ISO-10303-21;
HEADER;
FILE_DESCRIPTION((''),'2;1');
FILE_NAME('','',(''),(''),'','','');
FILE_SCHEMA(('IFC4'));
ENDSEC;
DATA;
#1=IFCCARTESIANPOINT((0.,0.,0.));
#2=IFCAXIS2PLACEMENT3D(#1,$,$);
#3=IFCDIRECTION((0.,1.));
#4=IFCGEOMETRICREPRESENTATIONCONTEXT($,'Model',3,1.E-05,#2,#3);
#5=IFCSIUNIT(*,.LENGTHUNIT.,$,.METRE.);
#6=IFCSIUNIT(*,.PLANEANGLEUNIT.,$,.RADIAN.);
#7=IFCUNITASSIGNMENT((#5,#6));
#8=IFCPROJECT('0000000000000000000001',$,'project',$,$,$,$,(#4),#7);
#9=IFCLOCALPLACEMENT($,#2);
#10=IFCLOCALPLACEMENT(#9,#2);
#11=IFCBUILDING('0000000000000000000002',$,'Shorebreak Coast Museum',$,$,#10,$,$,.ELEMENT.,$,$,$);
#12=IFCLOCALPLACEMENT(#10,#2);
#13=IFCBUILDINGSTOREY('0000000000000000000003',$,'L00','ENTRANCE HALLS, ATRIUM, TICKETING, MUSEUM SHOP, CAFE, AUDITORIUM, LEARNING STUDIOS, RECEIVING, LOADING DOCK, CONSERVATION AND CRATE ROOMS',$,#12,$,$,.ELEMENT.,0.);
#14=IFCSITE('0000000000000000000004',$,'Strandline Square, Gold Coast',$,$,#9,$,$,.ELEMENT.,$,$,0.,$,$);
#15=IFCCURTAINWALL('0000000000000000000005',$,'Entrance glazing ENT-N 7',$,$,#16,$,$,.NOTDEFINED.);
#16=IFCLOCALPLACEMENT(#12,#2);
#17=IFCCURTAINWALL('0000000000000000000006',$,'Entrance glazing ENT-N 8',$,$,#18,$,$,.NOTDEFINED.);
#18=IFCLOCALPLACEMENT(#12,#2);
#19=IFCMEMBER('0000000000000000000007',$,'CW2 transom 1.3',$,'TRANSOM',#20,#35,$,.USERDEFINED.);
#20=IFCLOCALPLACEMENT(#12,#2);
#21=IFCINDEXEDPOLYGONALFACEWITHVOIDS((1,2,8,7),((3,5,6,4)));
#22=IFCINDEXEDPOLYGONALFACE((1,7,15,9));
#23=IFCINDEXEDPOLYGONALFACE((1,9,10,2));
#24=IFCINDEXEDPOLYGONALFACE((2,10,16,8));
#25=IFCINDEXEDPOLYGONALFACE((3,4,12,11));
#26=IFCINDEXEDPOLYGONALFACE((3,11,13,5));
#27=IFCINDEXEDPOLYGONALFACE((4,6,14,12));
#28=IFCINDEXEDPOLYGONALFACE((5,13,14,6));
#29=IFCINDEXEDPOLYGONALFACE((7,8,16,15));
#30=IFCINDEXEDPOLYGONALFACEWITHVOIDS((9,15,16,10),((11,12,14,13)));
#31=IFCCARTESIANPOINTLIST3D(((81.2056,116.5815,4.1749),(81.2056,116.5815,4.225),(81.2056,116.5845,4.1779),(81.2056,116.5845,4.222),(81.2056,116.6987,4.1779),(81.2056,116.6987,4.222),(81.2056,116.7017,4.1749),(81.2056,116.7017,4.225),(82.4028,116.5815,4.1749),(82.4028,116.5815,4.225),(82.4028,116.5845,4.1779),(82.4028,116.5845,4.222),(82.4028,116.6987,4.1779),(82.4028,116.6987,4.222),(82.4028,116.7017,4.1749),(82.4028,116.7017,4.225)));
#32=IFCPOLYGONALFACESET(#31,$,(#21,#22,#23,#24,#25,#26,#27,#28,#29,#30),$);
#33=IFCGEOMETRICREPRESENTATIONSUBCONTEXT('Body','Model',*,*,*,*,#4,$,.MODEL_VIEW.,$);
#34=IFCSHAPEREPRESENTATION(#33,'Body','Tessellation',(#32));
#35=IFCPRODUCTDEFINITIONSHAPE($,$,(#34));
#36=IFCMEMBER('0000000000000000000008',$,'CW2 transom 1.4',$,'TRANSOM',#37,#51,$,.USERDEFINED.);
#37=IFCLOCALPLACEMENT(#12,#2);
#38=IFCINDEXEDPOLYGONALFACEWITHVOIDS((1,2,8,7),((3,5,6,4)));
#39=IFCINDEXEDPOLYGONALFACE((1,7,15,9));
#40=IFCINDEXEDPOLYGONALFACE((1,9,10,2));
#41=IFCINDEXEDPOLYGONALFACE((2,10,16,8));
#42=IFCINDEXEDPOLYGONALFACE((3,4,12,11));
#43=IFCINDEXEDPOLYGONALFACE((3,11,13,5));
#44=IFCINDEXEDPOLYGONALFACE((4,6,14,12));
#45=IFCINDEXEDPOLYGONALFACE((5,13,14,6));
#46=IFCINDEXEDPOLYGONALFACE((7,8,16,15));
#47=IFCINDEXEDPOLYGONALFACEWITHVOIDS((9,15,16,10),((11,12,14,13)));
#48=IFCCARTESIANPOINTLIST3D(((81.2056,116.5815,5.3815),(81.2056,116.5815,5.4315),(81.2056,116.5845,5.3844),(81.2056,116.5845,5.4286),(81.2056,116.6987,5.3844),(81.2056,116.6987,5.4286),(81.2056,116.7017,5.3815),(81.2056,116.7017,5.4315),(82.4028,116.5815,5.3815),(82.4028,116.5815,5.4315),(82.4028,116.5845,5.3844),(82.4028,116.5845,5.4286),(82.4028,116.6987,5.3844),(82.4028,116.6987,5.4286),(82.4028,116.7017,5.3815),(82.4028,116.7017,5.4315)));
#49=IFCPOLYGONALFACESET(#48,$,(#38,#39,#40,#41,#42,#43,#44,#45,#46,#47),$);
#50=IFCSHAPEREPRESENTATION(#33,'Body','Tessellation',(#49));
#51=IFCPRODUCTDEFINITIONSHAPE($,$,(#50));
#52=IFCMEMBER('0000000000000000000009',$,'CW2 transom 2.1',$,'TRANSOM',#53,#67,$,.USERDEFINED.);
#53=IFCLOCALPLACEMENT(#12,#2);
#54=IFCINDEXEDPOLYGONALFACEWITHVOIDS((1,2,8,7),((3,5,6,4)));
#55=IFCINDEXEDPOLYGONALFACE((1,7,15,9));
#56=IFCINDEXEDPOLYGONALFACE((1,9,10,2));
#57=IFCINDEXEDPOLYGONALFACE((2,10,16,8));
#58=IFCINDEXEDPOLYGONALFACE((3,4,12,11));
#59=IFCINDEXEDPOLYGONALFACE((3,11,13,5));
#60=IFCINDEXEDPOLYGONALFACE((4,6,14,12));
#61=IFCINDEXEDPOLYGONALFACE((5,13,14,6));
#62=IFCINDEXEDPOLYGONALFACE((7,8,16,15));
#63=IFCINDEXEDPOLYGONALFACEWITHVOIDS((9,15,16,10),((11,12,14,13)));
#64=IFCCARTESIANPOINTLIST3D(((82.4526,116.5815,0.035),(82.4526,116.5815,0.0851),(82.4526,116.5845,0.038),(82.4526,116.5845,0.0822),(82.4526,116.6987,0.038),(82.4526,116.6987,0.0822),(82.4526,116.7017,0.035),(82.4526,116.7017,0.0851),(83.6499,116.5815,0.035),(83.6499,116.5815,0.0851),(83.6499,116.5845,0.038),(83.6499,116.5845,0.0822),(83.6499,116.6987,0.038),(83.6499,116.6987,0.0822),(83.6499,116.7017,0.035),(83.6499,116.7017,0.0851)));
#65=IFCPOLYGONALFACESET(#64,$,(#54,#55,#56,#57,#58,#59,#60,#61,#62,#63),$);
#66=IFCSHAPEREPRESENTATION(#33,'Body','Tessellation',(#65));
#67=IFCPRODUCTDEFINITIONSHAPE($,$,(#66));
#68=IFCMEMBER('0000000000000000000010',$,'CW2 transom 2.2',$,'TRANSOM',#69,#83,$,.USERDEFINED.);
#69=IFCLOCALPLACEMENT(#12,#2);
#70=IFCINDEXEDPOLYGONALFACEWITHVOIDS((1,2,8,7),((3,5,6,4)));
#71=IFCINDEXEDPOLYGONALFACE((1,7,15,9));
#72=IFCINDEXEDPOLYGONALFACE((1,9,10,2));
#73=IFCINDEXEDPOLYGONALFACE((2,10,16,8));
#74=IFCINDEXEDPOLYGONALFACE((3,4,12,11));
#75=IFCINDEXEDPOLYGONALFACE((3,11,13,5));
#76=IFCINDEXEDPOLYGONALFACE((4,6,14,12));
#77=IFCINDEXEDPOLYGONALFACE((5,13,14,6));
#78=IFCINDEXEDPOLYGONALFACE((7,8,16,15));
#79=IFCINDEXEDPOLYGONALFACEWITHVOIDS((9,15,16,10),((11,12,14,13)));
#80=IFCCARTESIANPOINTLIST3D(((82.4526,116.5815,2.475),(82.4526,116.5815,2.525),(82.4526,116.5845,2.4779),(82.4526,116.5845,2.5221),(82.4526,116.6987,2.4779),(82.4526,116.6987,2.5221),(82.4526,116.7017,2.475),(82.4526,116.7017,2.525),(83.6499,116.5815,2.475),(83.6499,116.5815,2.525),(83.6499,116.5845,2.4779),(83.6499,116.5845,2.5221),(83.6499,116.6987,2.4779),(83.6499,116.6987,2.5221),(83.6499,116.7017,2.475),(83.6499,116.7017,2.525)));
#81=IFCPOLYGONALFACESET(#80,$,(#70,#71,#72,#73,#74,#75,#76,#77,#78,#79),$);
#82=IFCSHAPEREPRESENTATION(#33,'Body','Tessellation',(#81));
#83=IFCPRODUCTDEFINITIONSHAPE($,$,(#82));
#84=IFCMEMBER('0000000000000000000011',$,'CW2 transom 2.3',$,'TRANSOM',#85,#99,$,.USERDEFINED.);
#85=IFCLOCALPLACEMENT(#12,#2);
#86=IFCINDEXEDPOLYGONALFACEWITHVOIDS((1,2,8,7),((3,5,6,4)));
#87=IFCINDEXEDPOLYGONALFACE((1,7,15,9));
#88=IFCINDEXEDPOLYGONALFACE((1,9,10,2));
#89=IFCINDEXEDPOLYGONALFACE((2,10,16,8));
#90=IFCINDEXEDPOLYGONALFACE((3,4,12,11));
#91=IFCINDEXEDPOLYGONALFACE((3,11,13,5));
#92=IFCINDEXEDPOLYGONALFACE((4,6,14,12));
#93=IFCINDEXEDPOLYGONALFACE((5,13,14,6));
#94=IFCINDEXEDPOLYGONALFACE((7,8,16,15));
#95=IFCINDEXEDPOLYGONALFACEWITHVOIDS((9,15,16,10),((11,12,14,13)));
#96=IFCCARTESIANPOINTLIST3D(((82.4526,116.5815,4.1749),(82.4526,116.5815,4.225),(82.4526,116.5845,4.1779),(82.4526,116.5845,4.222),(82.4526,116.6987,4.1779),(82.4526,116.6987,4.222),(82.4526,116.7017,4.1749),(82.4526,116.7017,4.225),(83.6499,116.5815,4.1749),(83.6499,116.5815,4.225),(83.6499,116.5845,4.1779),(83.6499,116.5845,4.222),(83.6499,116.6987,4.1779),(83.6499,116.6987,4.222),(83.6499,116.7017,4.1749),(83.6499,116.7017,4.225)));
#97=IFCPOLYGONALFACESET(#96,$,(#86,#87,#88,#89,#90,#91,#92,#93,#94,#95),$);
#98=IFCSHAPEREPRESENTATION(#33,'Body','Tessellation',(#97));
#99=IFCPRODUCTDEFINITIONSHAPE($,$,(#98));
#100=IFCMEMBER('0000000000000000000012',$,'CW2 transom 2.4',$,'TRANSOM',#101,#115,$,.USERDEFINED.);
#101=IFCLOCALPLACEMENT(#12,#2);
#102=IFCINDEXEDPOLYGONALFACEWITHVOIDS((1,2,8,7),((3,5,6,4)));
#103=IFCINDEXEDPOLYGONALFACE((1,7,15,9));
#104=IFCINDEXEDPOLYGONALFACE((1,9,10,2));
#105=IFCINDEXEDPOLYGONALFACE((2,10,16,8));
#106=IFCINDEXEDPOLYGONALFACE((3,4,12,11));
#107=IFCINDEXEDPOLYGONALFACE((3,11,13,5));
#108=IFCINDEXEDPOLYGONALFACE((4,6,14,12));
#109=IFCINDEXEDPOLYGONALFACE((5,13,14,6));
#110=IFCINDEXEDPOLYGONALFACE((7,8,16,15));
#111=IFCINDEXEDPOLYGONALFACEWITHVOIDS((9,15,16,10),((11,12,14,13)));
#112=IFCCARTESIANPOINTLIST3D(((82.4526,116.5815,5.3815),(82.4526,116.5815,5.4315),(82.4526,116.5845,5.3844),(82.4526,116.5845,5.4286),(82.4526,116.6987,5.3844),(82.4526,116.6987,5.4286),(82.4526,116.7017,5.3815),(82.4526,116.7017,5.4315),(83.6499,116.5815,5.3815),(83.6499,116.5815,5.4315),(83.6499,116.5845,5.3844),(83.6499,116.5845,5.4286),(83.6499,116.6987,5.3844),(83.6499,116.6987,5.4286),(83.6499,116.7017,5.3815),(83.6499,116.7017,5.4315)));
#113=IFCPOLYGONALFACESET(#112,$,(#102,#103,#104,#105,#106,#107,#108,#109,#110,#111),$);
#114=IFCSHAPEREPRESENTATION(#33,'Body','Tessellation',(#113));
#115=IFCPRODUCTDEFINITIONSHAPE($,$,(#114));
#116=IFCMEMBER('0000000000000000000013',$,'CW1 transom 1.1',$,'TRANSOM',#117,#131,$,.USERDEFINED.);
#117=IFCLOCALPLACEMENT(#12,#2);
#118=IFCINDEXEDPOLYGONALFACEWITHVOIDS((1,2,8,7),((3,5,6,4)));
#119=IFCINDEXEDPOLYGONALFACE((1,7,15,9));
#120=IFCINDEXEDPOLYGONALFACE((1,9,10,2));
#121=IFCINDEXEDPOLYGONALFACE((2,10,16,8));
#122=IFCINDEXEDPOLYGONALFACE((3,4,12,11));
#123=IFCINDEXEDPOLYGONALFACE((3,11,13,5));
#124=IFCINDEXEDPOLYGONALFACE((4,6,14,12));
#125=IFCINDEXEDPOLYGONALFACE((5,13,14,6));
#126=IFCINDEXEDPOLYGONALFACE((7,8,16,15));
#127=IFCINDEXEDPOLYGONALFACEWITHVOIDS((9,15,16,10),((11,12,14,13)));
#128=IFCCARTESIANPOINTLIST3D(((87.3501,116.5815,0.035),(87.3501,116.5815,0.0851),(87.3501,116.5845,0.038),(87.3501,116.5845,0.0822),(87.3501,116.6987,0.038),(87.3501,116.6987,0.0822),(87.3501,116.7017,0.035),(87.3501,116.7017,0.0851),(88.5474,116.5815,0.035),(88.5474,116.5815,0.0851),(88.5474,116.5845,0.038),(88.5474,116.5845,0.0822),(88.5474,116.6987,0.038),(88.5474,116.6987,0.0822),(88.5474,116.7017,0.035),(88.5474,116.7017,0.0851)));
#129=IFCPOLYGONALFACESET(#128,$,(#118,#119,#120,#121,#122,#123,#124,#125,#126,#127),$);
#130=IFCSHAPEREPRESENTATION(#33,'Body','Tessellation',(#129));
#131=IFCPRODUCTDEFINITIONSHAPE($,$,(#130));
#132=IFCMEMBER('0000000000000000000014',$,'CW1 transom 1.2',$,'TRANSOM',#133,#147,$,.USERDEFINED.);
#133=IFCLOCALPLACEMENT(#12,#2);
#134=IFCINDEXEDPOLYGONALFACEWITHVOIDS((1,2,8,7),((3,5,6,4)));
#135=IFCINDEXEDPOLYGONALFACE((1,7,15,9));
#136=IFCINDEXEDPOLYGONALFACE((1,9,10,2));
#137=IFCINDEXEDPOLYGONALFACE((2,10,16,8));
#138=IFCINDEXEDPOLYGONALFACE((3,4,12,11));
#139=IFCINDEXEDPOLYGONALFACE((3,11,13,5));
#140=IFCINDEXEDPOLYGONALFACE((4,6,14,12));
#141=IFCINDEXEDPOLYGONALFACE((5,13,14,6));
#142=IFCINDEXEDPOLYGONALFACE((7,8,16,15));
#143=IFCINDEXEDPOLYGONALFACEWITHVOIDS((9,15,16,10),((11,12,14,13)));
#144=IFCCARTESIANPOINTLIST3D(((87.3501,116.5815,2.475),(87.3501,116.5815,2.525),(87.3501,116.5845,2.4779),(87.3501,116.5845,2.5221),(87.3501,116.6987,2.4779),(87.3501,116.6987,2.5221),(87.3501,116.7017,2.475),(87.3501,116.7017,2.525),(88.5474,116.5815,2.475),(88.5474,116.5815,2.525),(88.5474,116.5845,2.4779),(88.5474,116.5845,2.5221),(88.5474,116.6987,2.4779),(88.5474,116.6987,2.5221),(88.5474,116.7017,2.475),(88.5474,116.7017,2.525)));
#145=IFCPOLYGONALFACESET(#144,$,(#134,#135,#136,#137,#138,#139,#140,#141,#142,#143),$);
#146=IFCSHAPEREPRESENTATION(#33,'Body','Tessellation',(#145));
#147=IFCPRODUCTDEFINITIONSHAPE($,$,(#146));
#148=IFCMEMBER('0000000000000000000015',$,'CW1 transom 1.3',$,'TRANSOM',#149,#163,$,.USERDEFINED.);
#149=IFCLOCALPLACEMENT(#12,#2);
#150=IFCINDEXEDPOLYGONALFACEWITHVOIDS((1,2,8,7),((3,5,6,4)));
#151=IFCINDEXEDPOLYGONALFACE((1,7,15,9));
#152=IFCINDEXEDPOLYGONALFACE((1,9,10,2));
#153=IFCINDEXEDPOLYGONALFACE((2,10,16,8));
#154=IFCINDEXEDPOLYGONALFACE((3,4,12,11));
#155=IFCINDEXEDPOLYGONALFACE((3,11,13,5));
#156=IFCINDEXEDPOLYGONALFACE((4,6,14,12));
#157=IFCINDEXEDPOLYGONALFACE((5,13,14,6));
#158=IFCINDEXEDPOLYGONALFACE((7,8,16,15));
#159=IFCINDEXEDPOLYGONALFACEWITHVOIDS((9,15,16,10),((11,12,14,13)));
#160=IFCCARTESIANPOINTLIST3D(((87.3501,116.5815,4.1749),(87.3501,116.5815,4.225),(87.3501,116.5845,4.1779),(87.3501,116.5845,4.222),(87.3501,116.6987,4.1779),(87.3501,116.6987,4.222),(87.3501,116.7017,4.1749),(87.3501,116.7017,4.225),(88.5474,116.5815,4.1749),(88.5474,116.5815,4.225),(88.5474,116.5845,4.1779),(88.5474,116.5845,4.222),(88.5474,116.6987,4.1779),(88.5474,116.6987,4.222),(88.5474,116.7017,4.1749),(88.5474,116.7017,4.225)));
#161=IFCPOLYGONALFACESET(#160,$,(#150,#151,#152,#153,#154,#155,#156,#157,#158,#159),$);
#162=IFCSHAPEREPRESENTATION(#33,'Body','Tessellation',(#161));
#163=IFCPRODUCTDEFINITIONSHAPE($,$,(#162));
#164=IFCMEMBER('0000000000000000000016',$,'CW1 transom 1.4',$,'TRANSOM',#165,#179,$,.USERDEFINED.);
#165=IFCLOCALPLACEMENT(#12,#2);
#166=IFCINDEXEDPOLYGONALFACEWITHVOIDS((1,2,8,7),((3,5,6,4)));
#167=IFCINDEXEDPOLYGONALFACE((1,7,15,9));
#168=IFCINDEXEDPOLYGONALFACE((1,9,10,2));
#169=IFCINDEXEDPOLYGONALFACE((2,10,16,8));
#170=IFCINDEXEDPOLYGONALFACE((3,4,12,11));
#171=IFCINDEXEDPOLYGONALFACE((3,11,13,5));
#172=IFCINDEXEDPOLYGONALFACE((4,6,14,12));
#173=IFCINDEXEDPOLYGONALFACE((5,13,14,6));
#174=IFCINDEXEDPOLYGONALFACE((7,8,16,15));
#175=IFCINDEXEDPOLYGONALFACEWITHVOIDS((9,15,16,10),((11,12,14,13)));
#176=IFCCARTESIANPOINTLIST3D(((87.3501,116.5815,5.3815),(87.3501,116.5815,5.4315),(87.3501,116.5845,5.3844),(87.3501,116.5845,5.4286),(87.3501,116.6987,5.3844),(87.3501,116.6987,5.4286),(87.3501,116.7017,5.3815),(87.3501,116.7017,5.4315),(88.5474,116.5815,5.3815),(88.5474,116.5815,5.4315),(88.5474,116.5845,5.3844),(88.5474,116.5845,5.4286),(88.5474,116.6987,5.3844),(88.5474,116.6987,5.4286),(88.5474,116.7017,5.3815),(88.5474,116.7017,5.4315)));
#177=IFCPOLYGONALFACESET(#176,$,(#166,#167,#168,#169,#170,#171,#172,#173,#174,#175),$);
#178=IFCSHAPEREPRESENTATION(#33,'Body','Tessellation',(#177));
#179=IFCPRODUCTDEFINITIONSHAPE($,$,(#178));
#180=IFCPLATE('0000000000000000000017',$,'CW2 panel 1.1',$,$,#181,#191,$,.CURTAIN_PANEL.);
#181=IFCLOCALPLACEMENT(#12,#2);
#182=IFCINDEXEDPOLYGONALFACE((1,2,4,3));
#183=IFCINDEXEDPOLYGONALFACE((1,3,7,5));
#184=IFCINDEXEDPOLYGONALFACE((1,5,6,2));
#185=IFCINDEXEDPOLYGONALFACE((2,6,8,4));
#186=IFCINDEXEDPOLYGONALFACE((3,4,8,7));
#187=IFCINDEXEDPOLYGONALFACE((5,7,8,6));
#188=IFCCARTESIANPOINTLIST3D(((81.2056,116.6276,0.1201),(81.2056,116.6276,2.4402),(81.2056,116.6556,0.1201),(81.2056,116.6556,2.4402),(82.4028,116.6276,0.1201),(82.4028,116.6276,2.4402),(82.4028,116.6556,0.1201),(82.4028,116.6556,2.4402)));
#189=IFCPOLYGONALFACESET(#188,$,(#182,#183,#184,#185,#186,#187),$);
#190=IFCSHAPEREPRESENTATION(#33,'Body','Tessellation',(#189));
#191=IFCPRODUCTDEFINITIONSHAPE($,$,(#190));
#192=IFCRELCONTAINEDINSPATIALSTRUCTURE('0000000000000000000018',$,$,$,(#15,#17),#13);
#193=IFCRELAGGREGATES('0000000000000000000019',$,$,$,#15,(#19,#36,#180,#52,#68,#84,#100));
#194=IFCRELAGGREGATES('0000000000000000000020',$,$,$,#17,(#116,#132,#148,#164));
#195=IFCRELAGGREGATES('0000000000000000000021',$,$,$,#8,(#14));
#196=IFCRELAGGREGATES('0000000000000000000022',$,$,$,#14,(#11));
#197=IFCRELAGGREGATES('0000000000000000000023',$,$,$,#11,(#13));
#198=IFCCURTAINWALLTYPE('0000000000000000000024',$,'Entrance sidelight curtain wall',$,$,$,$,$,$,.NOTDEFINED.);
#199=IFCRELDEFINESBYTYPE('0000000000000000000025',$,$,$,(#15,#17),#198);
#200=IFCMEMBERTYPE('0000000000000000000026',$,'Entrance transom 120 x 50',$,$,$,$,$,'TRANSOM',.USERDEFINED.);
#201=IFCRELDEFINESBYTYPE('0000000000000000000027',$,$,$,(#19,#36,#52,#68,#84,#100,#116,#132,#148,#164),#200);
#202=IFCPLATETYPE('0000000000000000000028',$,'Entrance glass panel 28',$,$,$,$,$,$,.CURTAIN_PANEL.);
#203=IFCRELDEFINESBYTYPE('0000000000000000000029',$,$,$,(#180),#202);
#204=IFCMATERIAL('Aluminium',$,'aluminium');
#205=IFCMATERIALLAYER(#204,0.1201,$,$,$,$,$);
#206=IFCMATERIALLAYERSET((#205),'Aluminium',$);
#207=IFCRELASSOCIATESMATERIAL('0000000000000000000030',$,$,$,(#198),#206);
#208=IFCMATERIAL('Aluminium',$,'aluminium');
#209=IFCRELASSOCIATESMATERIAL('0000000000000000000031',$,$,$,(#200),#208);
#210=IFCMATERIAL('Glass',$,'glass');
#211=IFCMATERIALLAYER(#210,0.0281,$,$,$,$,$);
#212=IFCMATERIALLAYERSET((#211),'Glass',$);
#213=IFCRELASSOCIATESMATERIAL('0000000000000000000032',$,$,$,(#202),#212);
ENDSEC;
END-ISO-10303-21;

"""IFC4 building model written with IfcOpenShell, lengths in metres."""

from ifc_helpers import new_model, si_unit, direction, frame, origin, origin_2d, place, context, subcontext, project, spatial, rectangle, hollow_rectangle, extrude, material, layer, layer_set, material_profile, profile_set, type_object, element, aggregate, save


model = new_model("IFC4")

# Units and contexts
model_context = context("Model", 3, precision=1e-05, world=origin(), true_north=direction((0.0, 1.0)))
body_context = subcontext(model_context, "Body", "Model", "MODEL_VIEW")
ifc_project = project(units=[si_unit("LENGTHUNIT", "METRE"), si_unit("PLANEANGLEUNIT", "RADIAN")], contexts=[model_context])

# Site, building, storey
site_placement = place(None, origin())
site = spatial("IfcSite", under=ifc_project, at=site_placement, Name="Strandline Square, Gold Coast", CompositionType="ELEMENT", RefElevation=0.0)
building_placement = place(site_placement, origin())
building = spatial("IfcBuilding", under=site, at=building_placement, Name="Shorebreak Coast Museum", CompositionType="ELEMENT")
storey_placement = place(building_placement, origin())
storey = spatial("IfcBuildingStorey", under=building, at=storey_placement, Name="L00", Description="ENTRANCE HALLS, ATRIUM, TICKETING, MUSEUM SHOP, CAFE, AUDITORIUM, LEARNING STUDIOS, RECEIVING, LOADING DOCK, CONSERVATION AND CRATE ROOMS", CompositionType="ELEMENT", Elevation=0.0)

# Curtain wall
ifc_material_1 = material(Name="Aluminium", Category="aluminium")
ifc_layer_1 = layer(ifc_material_1, 0.1201)
ifc_layer_set_1 = layer_set([ifc_layer_1], Name="Aluminium")
curtain_wall_type = type_object("IfcCurtainWallType", Name="Entrance sidelight curtain wall", PredefinedType="NOTDEFINED", material=ifc_layer_set_1)
curtain_wall_1_placement = place(storey_placement, origin())
curtain_wall_1 = element("IfcCurtainWall", 1, at=curtain_wall_1_placement, inside=storey, type_object=curtain_wall_type, Name="Entrance glazing ENT-N 7", PredefinedType="NOTDEFINED")

# Curtain wall
curtain_wall_2_placement = place(storey_placement, origin())
curtain_wall_2 = element("IfcCurtainWall", 2, at=curtain_wall_2_placement, inside=storey, type_object=curtain_wall_type, Name="Entrance glazing ENT-N 8", PredefinedType="NOTDEFINED")

# Members
ifc_material_2 = material(Name="Aluminium", Category="aluminium")
ifc_material_profile_1 = material_profile(ifc_material_2, hollow_rectangle(XDim=0.1201, YDim=0.05, WallThickness=0.0029, at=origin_2d()), Name="AL 50x120 RHS")
ifc_profile_set_1 = profile_set([ifc_material_profile_1], Name="Aluminium")
member_type_1 = type_object("IfcMemberType", Name="Entrance transom 120 x 50", ElementType="TRANSOM", PredefinedType="USERDEFINED", material=ifc_profile_set_1)
member_1_placement = place(storey_placement, frame((81.2056, 116.6416, 4.2), z_axis=(1.0, 0.0, 0.0), x_axis=(0.0, 1.0, 0.0)))
member_1 = element("IfcMember", 3, at=member_1_placement, type_object=member_type_1, Name="CW2 transom 1.3", ObjectType="TRANSOM", PredefinedType="USERDEFINED", context=body_context, shape_type="SweptSolid", body=[
    extrude(hollow_rectangle(XDim=0.1201, YDim=0.05, WallThickness=0.0029, at=origin_2d()), origin(), (0.0, 0.0, 1.0), 1.1973),
])
member_2_placement = place(storey_placement, frame((81.2056, 116.6416, 5.4065), z_axis=(1.0, 0.0, 0.0), x_axis=(0.0, 1.0, 0.0)))
member_2 = element("IfcMember", 4, at=member_2_placement, type_object=member_type_1, Name="CW2 transom 1.4", ObjectType="TRANSOM", PredefinedType="USERDEFINED", context=body_context, shape_type="SweptSolid", body=[
    extrude(hollow_rectangle(XDim=0.1201, YDim=0.05, WallThickness=0.0029, at=origin_2d()), origin(), (0.0, 0.0, 1.0), 1.1973),
])
member_3_placement = place(storey_placement, frame((82.4526, 116.6416, 0.0601), z_axis=(1.0, 0.0, 0.0), x_axis=(0.0, 1.0, 0.0)))
member_3 = element("IfcMember", 5, at=member_3_placement, type_object=member_type_1, Name="CW2 transom 2.1", ObjectType="TRANSOM", PredefinedType="USERDEFINED", context=body_context, shape_type="SweptSolid", body=[
    extrude(hollow_rectangle(XDim=0.1201, YDim=0.05, WallThickness=0.0029, at=origin_2d()), origin(), (0.0, 0.0, 1.0), 1.1973),
])
member_4_placement = place(storey_placement, frame((82.4526, 116.6416, 2.5), z_axis=(1.0, 0.0, 0.0), x_axis=(0.0, 1.0, 0.0)))
member_4 = element("IfcMember", 6, at=member_4_placement, type_object=member_type_1, Name="CW2 transom 2.2", ObjectType="TRANSOM", PredefinedType="USERDEFINED", context=body_context, shape_type="SweptSolid", body=[
    extrude(hollow_rectangle(XDim=0.1201, YDim=0.05, WallThickness=0.0029, at=origin_2d()), origin(), (0.0, 0.0, 1.0), 1.1973),
])
member_5_placement = place(storey_placement, frame((82.4526, 116.6416, 4.2), z_axis=(1.0, 0.0, 0.0), x_axis=(0.0, 1.0, 0.0)))
member_5 = element("IfcMember", 7, at=member_5_placement, type_object=member_type_1, Name="CW2 transom 2.3", ObjectType="TRANSOM", PredefinedType="USERDEFINED", context=body_context, shape_type="SweptSolid", body=[
    extrude(hollow_rectangle(XDim=0.1201, YDim=0.05, WallThickness=0.0029, at=origin_2d()), origin(), (0.0, 0.0, 1.0), 1.1973),
])
member_6_placement = place(storey_placement, frame((82.4526, 116.6416, 5.4065), z_axis=(1.0, 0.0, 0.0), x_axis=(0.0, 1.0, 0.0)))
member_6 = element("IfcMember", 8, at=member_6_placement, type_object=member_type_1, Name="CW2 transom 2.4", ObjectType="TRANSOM", PredefinedType="USERDEFINED", context=body_context, shape_type="SweptSolid", body=[
    extrude(hollow_rectangle(XDim=0.1201, YDim=0.05, WallThickness=0.0029, at=origin_2d()), origin(), (0.0, 0.0, 1.0), 1.1973),
])
member_7_placement = place(storey_placement, frame((87.3501, 116.6416, 0.0601), z_axis=(1.0, 0.0, 0.0), x_axis=(0.0, 1.0, 0.0)))
member_7 = element("IfcMember", 9, at=member_7_placement, type_object=member_type_1, Name="CW1 transom 1.1", ObjectType="TRANSOM", PredefinedType="USERDEFINED", context=body_context, shape_type="SweptSolid", body=[
    extrude(hollow_rectangle(XDim=0.1201, YDim=0.05, WallThickness=0.0029, at=origin_2d()), origin(), (0.0, 0.0, 1.0), 1.1973),
])
member_8_placement = place(storey_placement, frame((87.3501, 116.6416, 2.5), z_axis=(1.0, 0.0, 0.0), x_axis=(0.0, 1.0, 0.0)))
member_8 = element("IfcMember", 10, at=member_8_placement, type_object=member_type_1, Name="CW1 transom 1.2", ObjectType="TRANSOM", PredefinedType="USERDEFINED", context=body_context, shape_type="SweptSolid", body=[
    extrude(hollow_rectangle(XDim=0.1201, YDim=0.05, WallThickness=0.0029, at=origin_2d()), origin(), (0.0, 0.0, 1.0), 1.1973),
])
member_9_placement = place(storey_placement, frame((87.3501, 116.6416, 4.2), z_axis=(1.0, 0.0, 0.0), x_axis=(0.0, 1.0, 0.0)))
member_9 = element("IfcMember", 11, at=member_9_placement, type_object=member_type_1, Name="CW1 transom 1.3", ObjectType="TRANSOM", PredefinedType="USERDEFINED", context=body_context, shape_type="SweptSolid", body=[
    extrude(hollow_rectangle(XDim=0.1201, YDim=0.05, WallThickness=0.0029, at=origin_2d()), origin(), (0.0, 0.0, 1.0), 1.1973),
])
member_10_placement = place(storey_placement, frame((87.3501, 116.6416, 5.4065), z_axis=(1.0, 0.0, 0.0), x_axis=(0.0, 1.0, 0.0)))
member_10 = element("IfcMember", 12, at=member_10_placement, type_object=member_type_1, Name="CW1 transom 1.4", ObjectType="TRANSOM", PredefinedType="USERDEFINED", context=body_context, shape_type="SweptSolid", body=[
    extrude(hollow_rectangle(XDim=0.1201, YDim=0.05, WallThickness=0.0029, at=origin_2d()), origin(), (0.0, 0.0, 1.0), 1.1973),
])

# Plate
ifc_material_3 = material(Name="Glass", Category="glass")
ifc_layer_2 = layer(ifc_material_3, 0.0281)
ifc_layer_set_2 = layer_set([ifc_layer_2], Name="Glass")
plate_type = type_object("IfcPlateType", Name="Entrance glass panel 28", PredefinedType="CURTAIN_PANEL", material=ifc_layer_set_2)
plate_1_placement = place(storey_placement, frame((81.8042, 116.6416, 0.1201), z_axis=(0.0, 0.0, 1.0), x_axis=(1.0, 0.0, 0.0)))
plate_1 = element("IfcPlate", 13, at=plate_1_placement, type_object=plate_type, Name="CW2 panel 1.1", PredefinedType="CURTAIN_PANEL", context=body_context, shape_type="SweptSolid", body=[
    extrude(rectangle(XDim=1.1973, YDim=0.0281, at=origin_2d()), origin(), (0.0, 0.0, 1.0), 2.3201),
])
aggregate(curtain_wall_1, [member_1, member_2, plate_1, member_3, member_4, member_5, member_6])
aggregate(curtain_wall_2, [member_7, member_8, member_9, member_10])

save(model, "model.ifc")
